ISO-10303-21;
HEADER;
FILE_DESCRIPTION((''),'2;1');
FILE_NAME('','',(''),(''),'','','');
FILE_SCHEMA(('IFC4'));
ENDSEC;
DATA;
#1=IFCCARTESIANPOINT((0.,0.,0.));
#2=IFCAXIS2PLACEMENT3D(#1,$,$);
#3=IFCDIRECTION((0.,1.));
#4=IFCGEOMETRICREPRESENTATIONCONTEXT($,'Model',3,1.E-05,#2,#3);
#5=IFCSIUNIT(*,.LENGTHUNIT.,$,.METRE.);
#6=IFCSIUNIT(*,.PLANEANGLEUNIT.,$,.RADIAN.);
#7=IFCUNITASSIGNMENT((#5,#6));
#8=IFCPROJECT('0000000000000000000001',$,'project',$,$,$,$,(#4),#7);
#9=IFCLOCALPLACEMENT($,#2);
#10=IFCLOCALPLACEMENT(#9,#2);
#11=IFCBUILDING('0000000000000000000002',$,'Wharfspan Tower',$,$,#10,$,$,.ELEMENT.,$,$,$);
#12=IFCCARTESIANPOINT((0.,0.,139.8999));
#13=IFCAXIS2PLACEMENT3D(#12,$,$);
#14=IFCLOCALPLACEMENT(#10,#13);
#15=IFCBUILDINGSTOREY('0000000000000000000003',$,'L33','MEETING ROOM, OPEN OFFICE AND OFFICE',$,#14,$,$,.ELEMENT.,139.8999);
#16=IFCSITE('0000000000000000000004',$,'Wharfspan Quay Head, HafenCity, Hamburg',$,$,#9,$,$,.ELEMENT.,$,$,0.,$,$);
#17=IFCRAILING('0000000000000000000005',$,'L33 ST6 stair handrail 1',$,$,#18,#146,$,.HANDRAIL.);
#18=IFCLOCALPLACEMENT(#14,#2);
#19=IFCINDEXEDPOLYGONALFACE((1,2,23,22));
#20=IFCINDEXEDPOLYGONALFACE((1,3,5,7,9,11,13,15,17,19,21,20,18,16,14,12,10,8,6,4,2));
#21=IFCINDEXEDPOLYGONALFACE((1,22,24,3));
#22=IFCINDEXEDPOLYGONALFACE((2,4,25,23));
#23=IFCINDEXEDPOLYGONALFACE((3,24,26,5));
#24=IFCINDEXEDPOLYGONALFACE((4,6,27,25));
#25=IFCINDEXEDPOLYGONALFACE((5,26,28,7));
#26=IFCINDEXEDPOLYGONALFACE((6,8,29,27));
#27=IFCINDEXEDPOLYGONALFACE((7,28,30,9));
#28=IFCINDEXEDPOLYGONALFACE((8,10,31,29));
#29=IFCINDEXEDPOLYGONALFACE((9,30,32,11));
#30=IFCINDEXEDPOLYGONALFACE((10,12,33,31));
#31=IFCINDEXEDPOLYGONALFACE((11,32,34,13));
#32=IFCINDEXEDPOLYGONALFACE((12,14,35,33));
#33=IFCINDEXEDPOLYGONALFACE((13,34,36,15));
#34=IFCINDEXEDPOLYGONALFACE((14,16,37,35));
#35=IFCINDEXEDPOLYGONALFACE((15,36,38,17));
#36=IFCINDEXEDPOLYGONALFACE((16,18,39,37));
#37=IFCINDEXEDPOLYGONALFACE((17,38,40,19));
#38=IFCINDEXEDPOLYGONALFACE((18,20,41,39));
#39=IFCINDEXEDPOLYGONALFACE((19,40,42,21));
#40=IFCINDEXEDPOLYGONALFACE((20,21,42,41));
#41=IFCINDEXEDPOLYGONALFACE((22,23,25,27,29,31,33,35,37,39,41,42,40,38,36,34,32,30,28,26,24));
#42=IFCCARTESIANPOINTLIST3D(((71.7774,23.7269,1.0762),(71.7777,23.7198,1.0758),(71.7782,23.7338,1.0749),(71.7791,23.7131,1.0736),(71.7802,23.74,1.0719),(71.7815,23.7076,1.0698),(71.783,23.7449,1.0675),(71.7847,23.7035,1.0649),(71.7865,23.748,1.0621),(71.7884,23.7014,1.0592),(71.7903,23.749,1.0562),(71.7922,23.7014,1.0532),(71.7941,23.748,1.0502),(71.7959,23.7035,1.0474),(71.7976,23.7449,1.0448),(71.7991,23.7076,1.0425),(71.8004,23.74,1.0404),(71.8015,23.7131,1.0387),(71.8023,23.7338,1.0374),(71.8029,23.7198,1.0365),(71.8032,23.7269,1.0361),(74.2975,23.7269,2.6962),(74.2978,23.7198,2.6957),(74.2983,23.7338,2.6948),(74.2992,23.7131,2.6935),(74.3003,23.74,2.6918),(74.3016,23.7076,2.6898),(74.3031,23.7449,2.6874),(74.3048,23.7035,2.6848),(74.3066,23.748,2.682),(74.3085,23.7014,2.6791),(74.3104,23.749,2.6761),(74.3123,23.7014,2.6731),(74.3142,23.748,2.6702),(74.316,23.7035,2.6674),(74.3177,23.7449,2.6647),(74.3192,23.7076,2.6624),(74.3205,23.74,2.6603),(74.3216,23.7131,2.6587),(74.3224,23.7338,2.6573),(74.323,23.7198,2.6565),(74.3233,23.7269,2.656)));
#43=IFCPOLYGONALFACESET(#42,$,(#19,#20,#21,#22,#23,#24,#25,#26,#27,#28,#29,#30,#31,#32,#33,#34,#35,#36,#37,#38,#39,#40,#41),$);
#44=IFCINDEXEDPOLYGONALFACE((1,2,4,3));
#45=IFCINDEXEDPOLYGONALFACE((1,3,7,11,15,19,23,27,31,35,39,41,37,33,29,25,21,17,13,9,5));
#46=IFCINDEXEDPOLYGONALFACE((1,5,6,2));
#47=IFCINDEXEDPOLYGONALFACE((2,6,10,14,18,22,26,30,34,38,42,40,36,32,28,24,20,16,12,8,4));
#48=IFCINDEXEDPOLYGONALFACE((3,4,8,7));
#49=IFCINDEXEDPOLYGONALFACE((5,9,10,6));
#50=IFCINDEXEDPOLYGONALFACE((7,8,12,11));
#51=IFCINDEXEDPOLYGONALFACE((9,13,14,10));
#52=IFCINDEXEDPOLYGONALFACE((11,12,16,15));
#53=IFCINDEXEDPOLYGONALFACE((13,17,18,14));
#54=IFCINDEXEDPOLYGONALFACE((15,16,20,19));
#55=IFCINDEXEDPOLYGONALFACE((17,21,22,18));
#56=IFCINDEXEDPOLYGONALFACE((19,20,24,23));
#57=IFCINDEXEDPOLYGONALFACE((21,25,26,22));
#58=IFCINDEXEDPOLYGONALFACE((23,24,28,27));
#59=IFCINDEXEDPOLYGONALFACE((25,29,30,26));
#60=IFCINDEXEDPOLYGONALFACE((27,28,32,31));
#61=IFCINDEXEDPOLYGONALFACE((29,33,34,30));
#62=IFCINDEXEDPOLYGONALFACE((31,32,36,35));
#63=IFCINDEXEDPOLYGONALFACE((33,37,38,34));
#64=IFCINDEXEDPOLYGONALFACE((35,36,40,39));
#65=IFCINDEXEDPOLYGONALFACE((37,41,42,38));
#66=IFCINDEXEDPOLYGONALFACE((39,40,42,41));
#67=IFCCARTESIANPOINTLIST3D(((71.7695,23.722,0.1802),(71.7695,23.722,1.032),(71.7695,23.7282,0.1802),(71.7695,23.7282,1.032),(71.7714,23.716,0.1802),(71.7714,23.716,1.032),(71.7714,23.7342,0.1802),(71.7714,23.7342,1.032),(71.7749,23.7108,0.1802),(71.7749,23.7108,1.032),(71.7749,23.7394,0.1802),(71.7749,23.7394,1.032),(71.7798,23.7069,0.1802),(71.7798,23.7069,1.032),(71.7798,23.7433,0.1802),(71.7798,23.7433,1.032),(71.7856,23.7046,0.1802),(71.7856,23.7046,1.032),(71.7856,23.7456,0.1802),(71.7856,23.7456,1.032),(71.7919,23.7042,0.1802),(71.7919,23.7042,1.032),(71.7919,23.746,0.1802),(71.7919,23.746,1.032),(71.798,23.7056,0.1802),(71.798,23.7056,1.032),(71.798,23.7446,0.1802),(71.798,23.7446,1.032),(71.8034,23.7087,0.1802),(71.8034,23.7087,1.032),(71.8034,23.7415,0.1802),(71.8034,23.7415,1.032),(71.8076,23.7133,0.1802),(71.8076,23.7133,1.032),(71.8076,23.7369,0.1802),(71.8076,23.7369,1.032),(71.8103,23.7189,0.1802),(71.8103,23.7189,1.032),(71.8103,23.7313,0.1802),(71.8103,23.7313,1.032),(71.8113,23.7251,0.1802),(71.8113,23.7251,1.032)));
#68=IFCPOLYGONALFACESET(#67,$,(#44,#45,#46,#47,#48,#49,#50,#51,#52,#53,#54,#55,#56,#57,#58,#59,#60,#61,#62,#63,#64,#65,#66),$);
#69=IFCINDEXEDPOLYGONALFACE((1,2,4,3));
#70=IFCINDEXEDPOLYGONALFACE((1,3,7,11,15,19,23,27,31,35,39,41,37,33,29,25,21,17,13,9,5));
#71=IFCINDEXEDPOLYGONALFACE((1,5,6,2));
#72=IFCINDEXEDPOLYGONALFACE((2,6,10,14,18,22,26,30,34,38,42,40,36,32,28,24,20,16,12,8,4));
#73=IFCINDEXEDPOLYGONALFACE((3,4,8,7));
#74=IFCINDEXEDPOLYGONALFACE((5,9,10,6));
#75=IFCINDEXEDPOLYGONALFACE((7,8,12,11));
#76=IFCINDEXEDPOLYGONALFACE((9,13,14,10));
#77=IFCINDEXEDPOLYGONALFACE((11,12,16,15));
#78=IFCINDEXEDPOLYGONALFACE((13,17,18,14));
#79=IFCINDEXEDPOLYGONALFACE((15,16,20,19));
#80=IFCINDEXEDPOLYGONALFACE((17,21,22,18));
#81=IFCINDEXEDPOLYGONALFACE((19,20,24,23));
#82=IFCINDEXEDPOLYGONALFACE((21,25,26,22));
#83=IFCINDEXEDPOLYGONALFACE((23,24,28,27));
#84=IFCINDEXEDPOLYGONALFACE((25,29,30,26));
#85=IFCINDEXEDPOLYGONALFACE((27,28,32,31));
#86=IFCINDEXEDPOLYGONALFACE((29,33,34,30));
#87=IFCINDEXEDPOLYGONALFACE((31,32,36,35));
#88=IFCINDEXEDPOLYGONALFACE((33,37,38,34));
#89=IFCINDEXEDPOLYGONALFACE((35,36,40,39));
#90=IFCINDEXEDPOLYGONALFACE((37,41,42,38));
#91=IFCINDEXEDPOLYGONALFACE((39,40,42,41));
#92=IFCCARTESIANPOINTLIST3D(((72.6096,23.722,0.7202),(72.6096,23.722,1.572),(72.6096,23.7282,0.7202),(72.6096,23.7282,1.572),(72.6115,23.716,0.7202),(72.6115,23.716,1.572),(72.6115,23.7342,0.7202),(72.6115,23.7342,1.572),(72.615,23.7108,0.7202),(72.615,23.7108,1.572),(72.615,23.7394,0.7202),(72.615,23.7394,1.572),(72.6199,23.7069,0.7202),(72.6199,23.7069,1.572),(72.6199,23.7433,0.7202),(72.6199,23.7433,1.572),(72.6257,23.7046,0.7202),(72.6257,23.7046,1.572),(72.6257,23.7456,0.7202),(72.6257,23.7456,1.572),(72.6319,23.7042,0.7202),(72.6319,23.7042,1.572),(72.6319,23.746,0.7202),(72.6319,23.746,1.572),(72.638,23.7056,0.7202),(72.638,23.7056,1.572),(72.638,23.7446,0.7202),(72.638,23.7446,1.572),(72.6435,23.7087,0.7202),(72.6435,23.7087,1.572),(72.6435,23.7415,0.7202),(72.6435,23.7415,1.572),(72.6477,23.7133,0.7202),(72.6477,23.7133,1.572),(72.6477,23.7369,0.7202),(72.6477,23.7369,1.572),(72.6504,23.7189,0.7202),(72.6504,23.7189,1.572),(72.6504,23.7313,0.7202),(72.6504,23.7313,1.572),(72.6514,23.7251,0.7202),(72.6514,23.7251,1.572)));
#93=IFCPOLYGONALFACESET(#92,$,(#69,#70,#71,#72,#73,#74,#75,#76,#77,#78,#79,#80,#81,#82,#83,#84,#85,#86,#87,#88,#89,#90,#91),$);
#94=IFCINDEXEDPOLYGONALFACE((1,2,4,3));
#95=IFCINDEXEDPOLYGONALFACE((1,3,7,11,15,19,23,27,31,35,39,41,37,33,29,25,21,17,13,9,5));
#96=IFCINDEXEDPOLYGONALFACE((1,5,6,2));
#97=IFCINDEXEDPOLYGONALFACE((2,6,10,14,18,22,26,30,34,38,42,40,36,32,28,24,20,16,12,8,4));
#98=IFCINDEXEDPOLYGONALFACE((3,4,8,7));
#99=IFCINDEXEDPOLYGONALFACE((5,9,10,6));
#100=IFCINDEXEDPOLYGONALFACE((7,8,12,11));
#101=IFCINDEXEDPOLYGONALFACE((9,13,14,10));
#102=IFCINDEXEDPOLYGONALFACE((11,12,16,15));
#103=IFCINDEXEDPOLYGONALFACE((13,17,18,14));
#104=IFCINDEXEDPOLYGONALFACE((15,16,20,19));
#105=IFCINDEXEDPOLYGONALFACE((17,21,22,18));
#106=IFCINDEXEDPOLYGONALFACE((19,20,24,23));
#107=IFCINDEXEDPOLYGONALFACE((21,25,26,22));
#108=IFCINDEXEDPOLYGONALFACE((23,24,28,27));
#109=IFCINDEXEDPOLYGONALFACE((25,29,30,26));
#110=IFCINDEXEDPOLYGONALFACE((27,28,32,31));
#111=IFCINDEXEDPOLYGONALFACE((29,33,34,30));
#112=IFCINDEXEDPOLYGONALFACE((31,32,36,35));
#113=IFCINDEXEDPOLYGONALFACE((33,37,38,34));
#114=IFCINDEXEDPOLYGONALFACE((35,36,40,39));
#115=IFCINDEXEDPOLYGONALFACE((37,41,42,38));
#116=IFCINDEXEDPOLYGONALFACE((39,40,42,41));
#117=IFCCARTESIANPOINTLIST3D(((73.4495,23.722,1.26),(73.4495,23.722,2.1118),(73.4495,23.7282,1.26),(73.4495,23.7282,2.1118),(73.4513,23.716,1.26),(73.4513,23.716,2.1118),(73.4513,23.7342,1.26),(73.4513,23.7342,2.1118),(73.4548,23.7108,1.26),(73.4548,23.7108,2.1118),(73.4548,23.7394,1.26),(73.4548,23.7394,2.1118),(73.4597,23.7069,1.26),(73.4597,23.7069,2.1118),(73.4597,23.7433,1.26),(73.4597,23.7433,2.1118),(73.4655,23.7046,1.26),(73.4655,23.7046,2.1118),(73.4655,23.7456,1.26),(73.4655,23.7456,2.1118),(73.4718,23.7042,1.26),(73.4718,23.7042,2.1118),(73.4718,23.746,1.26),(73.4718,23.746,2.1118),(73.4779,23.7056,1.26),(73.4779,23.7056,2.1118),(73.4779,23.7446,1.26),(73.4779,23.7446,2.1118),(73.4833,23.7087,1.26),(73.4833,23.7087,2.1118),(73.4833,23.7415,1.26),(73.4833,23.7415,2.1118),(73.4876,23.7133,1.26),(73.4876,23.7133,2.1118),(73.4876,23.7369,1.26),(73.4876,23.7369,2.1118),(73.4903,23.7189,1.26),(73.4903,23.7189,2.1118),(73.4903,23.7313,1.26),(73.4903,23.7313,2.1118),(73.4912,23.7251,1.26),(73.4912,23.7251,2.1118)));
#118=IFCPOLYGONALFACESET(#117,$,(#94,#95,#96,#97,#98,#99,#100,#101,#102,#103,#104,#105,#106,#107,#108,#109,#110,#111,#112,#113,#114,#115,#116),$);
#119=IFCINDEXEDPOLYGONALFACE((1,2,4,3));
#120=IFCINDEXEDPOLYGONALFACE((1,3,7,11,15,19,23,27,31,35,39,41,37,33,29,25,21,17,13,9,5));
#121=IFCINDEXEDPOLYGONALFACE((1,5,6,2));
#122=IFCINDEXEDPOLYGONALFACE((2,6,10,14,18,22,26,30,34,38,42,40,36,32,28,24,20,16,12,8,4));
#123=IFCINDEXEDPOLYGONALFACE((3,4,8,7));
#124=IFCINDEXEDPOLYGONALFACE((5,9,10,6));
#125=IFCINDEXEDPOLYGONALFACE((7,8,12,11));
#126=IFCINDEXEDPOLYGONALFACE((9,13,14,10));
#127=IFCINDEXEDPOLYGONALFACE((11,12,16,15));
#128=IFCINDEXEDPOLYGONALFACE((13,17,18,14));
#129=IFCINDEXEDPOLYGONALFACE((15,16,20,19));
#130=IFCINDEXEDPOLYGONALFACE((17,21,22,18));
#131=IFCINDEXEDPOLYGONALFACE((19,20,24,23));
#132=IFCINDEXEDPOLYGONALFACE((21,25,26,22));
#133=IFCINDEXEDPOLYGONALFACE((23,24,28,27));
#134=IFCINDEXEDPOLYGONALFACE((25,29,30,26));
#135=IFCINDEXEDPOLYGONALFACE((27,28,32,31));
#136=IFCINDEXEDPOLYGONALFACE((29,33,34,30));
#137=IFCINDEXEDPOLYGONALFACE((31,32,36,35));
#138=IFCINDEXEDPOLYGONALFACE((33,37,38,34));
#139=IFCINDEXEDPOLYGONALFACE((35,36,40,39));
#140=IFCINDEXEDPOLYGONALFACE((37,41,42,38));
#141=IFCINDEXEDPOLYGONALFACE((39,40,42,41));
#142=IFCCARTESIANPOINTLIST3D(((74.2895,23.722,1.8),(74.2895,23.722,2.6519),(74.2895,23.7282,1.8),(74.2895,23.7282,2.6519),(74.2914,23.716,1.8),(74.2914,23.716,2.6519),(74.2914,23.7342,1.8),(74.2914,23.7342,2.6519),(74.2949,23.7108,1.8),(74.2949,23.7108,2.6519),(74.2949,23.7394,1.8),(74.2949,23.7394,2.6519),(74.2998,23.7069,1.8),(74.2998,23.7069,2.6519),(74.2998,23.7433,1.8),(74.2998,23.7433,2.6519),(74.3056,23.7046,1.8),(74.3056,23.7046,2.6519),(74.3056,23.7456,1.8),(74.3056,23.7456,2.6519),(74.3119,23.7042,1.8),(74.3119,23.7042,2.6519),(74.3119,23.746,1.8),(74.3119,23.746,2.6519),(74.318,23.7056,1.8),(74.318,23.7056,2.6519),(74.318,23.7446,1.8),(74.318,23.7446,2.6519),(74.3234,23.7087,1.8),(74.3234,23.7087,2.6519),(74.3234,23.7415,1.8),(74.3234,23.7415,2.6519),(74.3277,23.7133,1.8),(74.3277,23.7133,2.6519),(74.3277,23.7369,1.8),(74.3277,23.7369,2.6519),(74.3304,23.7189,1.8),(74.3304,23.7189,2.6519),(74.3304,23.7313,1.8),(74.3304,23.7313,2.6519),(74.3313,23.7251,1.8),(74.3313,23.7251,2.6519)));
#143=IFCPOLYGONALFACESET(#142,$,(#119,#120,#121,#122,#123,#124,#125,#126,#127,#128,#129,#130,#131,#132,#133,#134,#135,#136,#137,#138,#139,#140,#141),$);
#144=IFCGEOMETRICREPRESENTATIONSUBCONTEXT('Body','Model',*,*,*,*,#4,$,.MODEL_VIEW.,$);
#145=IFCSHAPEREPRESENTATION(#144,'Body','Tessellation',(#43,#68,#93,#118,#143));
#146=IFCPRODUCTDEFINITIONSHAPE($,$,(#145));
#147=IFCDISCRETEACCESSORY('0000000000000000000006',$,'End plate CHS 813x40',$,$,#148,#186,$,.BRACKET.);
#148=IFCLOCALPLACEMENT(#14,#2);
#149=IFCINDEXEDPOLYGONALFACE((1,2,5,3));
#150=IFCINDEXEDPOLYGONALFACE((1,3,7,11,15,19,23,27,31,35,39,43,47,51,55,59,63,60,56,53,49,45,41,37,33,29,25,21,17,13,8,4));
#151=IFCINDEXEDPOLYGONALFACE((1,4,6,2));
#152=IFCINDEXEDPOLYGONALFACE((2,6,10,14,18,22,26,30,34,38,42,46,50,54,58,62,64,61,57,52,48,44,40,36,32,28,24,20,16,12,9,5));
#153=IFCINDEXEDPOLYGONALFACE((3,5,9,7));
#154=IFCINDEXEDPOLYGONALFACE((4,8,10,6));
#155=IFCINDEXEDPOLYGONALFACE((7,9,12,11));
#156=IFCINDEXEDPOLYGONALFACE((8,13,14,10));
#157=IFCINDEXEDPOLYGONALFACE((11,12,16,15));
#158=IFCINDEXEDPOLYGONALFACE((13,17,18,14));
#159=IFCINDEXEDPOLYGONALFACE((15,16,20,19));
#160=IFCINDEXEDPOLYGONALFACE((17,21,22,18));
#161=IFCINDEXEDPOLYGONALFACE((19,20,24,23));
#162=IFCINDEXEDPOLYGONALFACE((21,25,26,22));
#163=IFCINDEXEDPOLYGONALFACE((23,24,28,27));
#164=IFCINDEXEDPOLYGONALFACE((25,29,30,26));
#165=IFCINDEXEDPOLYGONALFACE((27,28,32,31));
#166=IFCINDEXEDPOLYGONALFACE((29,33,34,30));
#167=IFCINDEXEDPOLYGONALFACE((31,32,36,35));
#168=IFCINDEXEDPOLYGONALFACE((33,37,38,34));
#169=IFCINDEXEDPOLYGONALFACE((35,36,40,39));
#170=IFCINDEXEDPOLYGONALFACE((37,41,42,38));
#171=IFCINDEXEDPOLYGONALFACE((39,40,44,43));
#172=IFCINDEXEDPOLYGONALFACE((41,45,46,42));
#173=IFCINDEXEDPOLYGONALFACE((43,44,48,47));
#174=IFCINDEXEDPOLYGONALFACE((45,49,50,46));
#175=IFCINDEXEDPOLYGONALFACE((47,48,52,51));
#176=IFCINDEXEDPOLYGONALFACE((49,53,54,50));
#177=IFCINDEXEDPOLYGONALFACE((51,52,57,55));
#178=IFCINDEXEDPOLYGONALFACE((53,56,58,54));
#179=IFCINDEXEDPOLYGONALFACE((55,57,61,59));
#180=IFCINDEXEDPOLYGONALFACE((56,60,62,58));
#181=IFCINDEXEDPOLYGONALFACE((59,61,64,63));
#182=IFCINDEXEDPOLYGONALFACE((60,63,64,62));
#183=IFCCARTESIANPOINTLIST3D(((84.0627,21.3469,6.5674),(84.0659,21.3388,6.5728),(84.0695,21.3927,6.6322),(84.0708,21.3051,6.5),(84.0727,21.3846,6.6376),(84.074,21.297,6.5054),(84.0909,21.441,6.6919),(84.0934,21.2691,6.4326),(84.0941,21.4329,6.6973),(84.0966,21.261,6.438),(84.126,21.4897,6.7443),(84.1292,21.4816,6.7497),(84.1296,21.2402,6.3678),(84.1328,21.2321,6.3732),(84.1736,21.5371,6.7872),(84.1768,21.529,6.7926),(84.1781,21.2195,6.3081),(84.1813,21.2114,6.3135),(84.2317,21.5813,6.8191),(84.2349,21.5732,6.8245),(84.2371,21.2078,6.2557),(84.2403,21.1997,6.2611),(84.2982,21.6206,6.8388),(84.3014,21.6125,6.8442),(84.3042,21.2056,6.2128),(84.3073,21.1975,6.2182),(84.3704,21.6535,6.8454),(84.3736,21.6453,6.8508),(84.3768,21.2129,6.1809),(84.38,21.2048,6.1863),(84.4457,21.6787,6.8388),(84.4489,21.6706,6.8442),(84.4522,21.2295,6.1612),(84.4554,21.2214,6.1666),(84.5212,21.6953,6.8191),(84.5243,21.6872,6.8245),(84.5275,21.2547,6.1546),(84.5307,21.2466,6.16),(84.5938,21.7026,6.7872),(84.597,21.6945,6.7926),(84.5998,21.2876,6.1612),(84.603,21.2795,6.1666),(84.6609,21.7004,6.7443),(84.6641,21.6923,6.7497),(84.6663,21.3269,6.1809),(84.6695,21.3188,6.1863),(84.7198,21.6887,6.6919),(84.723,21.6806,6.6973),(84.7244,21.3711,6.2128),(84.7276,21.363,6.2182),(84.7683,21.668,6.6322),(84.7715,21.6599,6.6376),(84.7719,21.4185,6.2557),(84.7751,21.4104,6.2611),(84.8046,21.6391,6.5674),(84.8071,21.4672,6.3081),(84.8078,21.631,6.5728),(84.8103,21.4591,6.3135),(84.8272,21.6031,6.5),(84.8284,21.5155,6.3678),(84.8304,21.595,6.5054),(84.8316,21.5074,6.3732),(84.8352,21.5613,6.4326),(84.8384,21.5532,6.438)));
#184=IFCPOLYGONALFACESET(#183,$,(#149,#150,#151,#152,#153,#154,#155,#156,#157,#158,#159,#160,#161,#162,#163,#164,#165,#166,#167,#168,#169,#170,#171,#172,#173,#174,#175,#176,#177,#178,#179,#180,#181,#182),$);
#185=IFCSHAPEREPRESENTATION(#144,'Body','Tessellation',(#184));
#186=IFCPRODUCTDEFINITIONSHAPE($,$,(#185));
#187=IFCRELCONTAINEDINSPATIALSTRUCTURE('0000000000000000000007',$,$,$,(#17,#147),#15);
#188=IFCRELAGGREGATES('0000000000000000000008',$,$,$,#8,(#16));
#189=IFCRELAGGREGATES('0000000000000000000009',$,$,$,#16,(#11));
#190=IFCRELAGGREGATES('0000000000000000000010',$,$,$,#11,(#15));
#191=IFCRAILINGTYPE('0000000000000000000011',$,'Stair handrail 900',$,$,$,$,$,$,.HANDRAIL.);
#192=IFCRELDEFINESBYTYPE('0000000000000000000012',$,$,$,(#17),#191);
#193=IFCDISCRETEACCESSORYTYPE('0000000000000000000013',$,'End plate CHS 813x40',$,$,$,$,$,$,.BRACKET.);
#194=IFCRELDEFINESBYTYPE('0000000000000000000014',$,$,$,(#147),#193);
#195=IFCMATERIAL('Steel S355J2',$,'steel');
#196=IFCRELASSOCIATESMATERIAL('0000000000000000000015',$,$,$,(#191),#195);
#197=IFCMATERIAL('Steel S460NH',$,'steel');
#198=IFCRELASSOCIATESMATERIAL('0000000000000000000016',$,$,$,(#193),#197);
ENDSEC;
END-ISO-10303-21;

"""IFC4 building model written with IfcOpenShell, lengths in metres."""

from ifc_helpers import new_model, si_unit, direction, frame, origin, origin_2d, place, context, subcontext, project, spatial, circle, extrude, material, material_profile, profile_set, type_object, element, save


model = new_model("IFC4")

# Units and contexts
model_context = context("Model", 3, precision=1e-05, world=origin(), true_north=direction((0.0, 1.0)))
body_context = subcontext(model_context, "Body", "Model", "MODEL_VIEW")
ifc_project = project(units=[si_unit("LENGTHUNIT", "METRE"), si_unit("PLANEANGLEUNIT", "RADIAN")], contexts=[model_context])

# Site, building, storey
site_placement = place(None, origin())
site = spatial("IfcSite", under=ifc_project, at=site_placement, Name="Wharfspan Quay Head, HafenCity, Hamburg", CompositionType="ELEMENT", RefElevation=0.0)
building_placement = place(site_placement, origin())
building = spatial("IfcBuilding", under=site, at=building_placement, Name="Wharfspan Tower", CompositionType="ELEMENT")
storey_placement = place(building_placement, frame((0.0, 0.0, 139.8999)))
storey = spatial("IfcBuildingStorey", under=building, at=storey_placement, Name="L33", Description="MEETING ROOM, OPEN OFFICE AND OFFICE", CompositionType="ELEMENT", Elevation=139.8999)

# Shared definitions
ifc_material_1 = material(Name="Steel S355J2", Category="steel")

# Shared definitions
ifc_material_2 = material(Name="Steel S460NH", Category="steel")

# Railing
railing_type_1 = type_object("IfcRailingType", Name="Stair handrail 900", PredefinedType="HANDRAIL", material=ifc_material_1)
railing_1_placement = place(storey_placement, frame((71.7903, 23.7251, 0.1802)))
element("IfcRailing", 1, at=railing_1_placement, inside=storey, type_object=railing_type_1, Name="L33 ST6 stair handrail 1", PredefinedType="HANDRAIL", context=body_context, shape_type="SweptSolid", body=[
    extrude(circle(Radius=0.0239, at=origin_2d()), frame((0.0, 0.0, 0.876), z_axis=(0.8412, 0.0, 0.540725), x_axis=(0.0, 1.0, 0.0)), (0.0, 0.0, 1.0), 2.9958),
    extrude(circle(Radius=0.021, at=origin_2d()), origin(), (0.0, 0.0, 1.0), 0.8518),
    extrude(circle(Radius=0.021, at=origin_2d()), frame((0.8401, 0.0, 0.54)), (0.0, 0.0, 1.0), 0.8518),
    extrude(circle(Radius=0.021, at=origin_2d()), frame((1.6799, 0.0, 1.0798)), (0.0, 0.0, 1.0), 0.8518),
    extrude(circle(Radius=0.021, at=origin_2d()), frame((2.52, 0.0, 1.6199)), (0.0, 0.0, 1.0), 0.8518),
])

# Discrete accessory
ifc_material_profile_1 = material_profile(ifc_material_2, circle(Radius=0.4065, at=origin_2d()))
ifc_profile_set_1 = profile_set([ifc_material_profile_1], Name="Steel S460NH")
discrete_accessory_type = type_object("IfcDiscreteAccessoryType", Name="End plate CHS 813x40", PredefinedType="BRACKET", material=ifc_profile_set_1)
discrete_accessory_placement = place(storey_placement, frame((84.449, 21.4541, 6.5), z_axis=(0.311472, -0.79066, 0.527107), x_axis=(0.93041, 0.366525, 0.0)))
element("IfcDiscreteAccessory", 2, at=discrete_accessory_placement, inside=storey, type_object=discrete_accessory_type, Name="End plate CHS 813x40", PredefinedType="BRACKET", context=body_context, shape_type="SweptSolid", body=[
    extrude(circle(Radius=0.4065, at=origin_2d()), origin(), (0.0, 0.0, 1.0), 0.0103),
])

save(model, "model.ifc")
